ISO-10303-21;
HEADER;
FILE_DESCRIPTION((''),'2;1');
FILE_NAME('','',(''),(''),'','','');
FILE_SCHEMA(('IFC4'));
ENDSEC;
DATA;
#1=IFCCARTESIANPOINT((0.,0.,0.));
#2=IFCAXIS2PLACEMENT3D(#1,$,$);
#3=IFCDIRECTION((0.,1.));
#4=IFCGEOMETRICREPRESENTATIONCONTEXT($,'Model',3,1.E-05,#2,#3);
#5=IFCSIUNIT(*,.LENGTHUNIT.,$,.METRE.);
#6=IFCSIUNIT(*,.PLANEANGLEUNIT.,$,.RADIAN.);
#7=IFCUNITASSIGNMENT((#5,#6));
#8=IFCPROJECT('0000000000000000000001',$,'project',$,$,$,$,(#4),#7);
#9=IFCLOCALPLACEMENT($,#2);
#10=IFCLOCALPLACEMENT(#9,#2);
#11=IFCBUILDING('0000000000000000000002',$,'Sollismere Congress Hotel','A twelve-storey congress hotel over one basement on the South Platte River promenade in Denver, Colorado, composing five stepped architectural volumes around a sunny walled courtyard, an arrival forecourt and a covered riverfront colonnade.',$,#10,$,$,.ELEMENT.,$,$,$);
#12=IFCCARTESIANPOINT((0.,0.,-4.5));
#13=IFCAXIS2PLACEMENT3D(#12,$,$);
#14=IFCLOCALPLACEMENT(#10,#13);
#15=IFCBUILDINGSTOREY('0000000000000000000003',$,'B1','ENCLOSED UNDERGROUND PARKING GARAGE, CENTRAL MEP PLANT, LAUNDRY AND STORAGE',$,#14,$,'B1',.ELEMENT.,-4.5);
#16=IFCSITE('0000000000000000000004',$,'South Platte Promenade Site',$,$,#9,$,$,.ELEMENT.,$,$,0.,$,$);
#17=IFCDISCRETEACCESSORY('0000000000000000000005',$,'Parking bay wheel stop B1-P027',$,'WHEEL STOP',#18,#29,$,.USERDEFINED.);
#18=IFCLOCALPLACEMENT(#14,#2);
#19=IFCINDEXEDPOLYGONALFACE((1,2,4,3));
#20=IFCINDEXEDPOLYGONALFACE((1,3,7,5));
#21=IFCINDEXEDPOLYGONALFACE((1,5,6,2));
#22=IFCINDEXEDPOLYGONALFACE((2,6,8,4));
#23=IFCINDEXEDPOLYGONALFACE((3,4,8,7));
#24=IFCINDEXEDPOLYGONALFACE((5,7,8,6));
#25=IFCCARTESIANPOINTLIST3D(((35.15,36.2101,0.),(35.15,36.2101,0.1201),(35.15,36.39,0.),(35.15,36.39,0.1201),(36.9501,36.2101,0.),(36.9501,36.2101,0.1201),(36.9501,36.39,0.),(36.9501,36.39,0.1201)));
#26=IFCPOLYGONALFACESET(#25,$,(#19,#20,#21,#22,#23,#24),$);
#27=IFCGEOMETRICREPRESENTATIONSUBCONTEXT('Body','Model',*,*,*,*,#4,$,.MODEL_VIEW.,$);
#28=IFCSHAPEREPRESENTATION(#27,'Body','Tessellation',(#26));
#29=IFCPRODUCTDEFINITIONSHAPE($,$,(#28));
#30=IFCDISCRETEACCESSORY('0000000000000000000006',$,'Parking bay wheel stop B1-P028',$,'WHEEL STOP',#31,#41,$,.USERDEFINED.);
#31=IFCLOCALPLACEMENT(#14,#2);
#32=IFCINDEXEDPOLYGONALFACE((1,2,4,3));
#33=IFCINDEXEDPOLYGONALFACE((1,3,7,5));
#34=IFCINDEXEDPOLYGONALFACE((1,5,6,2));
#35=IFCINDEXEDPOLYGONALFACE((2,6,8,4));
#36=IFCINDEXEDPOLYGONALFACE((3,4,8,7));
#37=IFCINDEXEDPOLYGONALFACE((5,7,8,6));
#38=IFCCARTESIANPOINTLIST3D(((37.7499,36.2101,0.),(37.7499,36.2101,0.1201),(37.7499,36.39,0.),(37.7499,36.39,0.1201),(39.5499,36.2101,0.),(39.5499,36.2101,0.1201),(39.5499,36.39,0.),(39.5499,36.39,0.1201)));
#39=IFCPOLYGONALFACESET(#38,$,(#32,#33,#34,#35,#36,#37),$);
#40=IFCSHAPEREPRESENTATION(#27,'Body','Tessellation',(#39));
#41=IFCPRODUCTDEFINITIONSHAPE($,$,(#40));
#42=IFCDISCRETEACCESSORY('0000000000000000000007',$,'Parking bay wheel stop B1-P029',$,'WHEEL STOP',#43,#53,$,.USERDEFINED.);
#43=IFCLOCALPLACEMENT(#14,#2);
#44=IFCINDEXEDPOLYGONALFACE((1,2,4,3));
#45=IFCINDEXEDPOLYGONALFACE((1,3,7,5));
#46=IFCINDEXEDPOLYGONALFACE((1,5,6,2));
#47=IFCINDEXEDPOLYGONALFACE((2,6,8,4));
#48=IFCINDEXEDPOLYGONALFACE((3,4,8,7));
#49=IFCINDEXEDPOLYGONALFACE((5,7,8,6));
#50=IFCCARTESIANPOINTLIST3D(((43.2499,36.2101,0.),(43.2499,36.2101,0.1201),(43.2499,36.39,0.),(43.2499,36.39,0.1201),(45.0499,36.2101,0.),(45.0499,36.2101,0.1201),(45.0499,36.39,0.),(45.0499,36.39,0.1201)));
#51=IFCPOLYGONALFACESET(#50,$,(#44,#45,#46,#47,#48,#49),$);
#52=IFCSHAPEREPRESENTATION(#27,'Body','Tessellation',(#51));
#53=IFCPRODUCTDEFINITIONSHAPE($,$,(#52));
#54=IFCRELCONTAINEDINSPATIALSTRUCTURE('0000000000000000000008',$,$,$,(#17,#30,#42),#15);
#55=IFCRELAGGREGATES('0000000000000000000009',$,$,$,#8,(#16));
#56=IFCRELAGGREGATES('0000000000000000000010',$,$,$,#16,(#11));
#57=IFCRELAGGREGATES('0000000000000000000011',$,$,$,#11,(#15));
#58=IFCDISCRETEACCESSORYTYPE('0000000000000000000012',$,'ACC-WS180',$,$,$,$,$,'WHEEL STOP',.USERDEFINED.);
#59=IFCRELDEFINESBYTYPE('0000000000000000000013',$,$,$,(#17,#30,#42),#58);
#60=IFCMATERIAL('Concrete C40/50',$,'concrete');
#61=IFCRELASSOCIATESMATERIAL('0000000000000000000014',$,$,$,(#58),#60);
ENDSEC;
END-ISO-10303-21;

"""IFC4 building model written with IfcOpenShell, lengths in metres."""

from ifc_helpers import new_model, si_unit, direction, frame, origin, origin_2d, place, context, subcontext, project, spatial, rectangle, extrude, material, type_object, element, save


model = new_model("IFC4")

# Units and contexts
model_context = context("Model", 3, precision=1e-05, world=origin(), true_north=direction((0.0, 1.0)))
body_context = subcontext(model_context, "Body", "Model", "MODEL_VIEW")
ifc_project = project(units=[si_unit("LENGTHUNIT", "METRE"), si_unit("PLANEANGLEUNIT", "RADIAN")], contexts=[model_context])

# Site, building, storey
site_placement = place(None, origin())
site = spatial("IfcSite", under=ifc_project, at=site_placement, Name="South Platte Promenade Site", CompositionType="ELEMENT", RefElevation=0.0)
building_placement = place(site_placement, origin())
building = spatial("IfcBuilding", under=site, at=building_placement, Name="Sollismere Congress Hotel", Description="A twelve-storey congress hotel over one basement on the South Platte River promenade in Denver, Colorado, composing five stepped architectural volumes around a sunny walled courtyard, an arrival forecourt and a covered riverfront colonnade.", CompositionType="ELEMENT")
storey_placement = place(building_placement, frame((0.0, 0.0, -4.5)))
storey = spatial("IfcBuildingStorey", under=building, at=storey_placement, Name="B1", Description="ENCLOSED UNDERGROUND PARKING GARAGE, CENTRAL MEP PLANT, LAUNDRY AND STORAGE", LongName="B1", CompositionType="ELEMENT", Elevation=-4.5)

# Shared definitions
ifc_material_1 = material(Name="Concrete C40/50", Category="concrete")

# Discrete accessories
discrete_accessory_type = type_object("IfcDiscreteAccessoryType", Name="ACC-WS180", ElementType="WHEEL STOP", PredefinedType="USERDEFINED", material=ifc_material_1)
for number, where, z_axis, x_axis, name in (
    (1, (36.05, 36.3, 0.0), (0.0, 0.0, 1.0), (1.0, 0.0, 0.0), "Parking bay wheel stop B1-P027"),
    (2, (38.6499, 36.3, 0.0), (0.0, 0.0, 1.0), (1.0, 0.0, 0.0), "Parking bay wheel stop B1-P028"),
    (3, (44.1499, 36.3, 0.0), (0.0, 0.0, 1.0), (1.0, 0.0, 0.0), "Parking bay wheel stop B1-P029"),
):
    element("IfcDiscreteAccessory", number, at=place(storey_placement, frame(where, z_axis=z_axis, x_axis=x_axis)), inside=storey, type_object=discrete_accessory_type, Name=name, ObjectType="WHEEL STOP", PredefinedType="USERDEFINED", context=body_context, shape_type="SweptSolid", body=[
        extrude(rectangle(XDim=1.8, YDim=0.1799, at=origin_2d()), origin(), (0.0, 0.0, 1.0), 0.1201),
    ])

save(model, "model.ifc")
